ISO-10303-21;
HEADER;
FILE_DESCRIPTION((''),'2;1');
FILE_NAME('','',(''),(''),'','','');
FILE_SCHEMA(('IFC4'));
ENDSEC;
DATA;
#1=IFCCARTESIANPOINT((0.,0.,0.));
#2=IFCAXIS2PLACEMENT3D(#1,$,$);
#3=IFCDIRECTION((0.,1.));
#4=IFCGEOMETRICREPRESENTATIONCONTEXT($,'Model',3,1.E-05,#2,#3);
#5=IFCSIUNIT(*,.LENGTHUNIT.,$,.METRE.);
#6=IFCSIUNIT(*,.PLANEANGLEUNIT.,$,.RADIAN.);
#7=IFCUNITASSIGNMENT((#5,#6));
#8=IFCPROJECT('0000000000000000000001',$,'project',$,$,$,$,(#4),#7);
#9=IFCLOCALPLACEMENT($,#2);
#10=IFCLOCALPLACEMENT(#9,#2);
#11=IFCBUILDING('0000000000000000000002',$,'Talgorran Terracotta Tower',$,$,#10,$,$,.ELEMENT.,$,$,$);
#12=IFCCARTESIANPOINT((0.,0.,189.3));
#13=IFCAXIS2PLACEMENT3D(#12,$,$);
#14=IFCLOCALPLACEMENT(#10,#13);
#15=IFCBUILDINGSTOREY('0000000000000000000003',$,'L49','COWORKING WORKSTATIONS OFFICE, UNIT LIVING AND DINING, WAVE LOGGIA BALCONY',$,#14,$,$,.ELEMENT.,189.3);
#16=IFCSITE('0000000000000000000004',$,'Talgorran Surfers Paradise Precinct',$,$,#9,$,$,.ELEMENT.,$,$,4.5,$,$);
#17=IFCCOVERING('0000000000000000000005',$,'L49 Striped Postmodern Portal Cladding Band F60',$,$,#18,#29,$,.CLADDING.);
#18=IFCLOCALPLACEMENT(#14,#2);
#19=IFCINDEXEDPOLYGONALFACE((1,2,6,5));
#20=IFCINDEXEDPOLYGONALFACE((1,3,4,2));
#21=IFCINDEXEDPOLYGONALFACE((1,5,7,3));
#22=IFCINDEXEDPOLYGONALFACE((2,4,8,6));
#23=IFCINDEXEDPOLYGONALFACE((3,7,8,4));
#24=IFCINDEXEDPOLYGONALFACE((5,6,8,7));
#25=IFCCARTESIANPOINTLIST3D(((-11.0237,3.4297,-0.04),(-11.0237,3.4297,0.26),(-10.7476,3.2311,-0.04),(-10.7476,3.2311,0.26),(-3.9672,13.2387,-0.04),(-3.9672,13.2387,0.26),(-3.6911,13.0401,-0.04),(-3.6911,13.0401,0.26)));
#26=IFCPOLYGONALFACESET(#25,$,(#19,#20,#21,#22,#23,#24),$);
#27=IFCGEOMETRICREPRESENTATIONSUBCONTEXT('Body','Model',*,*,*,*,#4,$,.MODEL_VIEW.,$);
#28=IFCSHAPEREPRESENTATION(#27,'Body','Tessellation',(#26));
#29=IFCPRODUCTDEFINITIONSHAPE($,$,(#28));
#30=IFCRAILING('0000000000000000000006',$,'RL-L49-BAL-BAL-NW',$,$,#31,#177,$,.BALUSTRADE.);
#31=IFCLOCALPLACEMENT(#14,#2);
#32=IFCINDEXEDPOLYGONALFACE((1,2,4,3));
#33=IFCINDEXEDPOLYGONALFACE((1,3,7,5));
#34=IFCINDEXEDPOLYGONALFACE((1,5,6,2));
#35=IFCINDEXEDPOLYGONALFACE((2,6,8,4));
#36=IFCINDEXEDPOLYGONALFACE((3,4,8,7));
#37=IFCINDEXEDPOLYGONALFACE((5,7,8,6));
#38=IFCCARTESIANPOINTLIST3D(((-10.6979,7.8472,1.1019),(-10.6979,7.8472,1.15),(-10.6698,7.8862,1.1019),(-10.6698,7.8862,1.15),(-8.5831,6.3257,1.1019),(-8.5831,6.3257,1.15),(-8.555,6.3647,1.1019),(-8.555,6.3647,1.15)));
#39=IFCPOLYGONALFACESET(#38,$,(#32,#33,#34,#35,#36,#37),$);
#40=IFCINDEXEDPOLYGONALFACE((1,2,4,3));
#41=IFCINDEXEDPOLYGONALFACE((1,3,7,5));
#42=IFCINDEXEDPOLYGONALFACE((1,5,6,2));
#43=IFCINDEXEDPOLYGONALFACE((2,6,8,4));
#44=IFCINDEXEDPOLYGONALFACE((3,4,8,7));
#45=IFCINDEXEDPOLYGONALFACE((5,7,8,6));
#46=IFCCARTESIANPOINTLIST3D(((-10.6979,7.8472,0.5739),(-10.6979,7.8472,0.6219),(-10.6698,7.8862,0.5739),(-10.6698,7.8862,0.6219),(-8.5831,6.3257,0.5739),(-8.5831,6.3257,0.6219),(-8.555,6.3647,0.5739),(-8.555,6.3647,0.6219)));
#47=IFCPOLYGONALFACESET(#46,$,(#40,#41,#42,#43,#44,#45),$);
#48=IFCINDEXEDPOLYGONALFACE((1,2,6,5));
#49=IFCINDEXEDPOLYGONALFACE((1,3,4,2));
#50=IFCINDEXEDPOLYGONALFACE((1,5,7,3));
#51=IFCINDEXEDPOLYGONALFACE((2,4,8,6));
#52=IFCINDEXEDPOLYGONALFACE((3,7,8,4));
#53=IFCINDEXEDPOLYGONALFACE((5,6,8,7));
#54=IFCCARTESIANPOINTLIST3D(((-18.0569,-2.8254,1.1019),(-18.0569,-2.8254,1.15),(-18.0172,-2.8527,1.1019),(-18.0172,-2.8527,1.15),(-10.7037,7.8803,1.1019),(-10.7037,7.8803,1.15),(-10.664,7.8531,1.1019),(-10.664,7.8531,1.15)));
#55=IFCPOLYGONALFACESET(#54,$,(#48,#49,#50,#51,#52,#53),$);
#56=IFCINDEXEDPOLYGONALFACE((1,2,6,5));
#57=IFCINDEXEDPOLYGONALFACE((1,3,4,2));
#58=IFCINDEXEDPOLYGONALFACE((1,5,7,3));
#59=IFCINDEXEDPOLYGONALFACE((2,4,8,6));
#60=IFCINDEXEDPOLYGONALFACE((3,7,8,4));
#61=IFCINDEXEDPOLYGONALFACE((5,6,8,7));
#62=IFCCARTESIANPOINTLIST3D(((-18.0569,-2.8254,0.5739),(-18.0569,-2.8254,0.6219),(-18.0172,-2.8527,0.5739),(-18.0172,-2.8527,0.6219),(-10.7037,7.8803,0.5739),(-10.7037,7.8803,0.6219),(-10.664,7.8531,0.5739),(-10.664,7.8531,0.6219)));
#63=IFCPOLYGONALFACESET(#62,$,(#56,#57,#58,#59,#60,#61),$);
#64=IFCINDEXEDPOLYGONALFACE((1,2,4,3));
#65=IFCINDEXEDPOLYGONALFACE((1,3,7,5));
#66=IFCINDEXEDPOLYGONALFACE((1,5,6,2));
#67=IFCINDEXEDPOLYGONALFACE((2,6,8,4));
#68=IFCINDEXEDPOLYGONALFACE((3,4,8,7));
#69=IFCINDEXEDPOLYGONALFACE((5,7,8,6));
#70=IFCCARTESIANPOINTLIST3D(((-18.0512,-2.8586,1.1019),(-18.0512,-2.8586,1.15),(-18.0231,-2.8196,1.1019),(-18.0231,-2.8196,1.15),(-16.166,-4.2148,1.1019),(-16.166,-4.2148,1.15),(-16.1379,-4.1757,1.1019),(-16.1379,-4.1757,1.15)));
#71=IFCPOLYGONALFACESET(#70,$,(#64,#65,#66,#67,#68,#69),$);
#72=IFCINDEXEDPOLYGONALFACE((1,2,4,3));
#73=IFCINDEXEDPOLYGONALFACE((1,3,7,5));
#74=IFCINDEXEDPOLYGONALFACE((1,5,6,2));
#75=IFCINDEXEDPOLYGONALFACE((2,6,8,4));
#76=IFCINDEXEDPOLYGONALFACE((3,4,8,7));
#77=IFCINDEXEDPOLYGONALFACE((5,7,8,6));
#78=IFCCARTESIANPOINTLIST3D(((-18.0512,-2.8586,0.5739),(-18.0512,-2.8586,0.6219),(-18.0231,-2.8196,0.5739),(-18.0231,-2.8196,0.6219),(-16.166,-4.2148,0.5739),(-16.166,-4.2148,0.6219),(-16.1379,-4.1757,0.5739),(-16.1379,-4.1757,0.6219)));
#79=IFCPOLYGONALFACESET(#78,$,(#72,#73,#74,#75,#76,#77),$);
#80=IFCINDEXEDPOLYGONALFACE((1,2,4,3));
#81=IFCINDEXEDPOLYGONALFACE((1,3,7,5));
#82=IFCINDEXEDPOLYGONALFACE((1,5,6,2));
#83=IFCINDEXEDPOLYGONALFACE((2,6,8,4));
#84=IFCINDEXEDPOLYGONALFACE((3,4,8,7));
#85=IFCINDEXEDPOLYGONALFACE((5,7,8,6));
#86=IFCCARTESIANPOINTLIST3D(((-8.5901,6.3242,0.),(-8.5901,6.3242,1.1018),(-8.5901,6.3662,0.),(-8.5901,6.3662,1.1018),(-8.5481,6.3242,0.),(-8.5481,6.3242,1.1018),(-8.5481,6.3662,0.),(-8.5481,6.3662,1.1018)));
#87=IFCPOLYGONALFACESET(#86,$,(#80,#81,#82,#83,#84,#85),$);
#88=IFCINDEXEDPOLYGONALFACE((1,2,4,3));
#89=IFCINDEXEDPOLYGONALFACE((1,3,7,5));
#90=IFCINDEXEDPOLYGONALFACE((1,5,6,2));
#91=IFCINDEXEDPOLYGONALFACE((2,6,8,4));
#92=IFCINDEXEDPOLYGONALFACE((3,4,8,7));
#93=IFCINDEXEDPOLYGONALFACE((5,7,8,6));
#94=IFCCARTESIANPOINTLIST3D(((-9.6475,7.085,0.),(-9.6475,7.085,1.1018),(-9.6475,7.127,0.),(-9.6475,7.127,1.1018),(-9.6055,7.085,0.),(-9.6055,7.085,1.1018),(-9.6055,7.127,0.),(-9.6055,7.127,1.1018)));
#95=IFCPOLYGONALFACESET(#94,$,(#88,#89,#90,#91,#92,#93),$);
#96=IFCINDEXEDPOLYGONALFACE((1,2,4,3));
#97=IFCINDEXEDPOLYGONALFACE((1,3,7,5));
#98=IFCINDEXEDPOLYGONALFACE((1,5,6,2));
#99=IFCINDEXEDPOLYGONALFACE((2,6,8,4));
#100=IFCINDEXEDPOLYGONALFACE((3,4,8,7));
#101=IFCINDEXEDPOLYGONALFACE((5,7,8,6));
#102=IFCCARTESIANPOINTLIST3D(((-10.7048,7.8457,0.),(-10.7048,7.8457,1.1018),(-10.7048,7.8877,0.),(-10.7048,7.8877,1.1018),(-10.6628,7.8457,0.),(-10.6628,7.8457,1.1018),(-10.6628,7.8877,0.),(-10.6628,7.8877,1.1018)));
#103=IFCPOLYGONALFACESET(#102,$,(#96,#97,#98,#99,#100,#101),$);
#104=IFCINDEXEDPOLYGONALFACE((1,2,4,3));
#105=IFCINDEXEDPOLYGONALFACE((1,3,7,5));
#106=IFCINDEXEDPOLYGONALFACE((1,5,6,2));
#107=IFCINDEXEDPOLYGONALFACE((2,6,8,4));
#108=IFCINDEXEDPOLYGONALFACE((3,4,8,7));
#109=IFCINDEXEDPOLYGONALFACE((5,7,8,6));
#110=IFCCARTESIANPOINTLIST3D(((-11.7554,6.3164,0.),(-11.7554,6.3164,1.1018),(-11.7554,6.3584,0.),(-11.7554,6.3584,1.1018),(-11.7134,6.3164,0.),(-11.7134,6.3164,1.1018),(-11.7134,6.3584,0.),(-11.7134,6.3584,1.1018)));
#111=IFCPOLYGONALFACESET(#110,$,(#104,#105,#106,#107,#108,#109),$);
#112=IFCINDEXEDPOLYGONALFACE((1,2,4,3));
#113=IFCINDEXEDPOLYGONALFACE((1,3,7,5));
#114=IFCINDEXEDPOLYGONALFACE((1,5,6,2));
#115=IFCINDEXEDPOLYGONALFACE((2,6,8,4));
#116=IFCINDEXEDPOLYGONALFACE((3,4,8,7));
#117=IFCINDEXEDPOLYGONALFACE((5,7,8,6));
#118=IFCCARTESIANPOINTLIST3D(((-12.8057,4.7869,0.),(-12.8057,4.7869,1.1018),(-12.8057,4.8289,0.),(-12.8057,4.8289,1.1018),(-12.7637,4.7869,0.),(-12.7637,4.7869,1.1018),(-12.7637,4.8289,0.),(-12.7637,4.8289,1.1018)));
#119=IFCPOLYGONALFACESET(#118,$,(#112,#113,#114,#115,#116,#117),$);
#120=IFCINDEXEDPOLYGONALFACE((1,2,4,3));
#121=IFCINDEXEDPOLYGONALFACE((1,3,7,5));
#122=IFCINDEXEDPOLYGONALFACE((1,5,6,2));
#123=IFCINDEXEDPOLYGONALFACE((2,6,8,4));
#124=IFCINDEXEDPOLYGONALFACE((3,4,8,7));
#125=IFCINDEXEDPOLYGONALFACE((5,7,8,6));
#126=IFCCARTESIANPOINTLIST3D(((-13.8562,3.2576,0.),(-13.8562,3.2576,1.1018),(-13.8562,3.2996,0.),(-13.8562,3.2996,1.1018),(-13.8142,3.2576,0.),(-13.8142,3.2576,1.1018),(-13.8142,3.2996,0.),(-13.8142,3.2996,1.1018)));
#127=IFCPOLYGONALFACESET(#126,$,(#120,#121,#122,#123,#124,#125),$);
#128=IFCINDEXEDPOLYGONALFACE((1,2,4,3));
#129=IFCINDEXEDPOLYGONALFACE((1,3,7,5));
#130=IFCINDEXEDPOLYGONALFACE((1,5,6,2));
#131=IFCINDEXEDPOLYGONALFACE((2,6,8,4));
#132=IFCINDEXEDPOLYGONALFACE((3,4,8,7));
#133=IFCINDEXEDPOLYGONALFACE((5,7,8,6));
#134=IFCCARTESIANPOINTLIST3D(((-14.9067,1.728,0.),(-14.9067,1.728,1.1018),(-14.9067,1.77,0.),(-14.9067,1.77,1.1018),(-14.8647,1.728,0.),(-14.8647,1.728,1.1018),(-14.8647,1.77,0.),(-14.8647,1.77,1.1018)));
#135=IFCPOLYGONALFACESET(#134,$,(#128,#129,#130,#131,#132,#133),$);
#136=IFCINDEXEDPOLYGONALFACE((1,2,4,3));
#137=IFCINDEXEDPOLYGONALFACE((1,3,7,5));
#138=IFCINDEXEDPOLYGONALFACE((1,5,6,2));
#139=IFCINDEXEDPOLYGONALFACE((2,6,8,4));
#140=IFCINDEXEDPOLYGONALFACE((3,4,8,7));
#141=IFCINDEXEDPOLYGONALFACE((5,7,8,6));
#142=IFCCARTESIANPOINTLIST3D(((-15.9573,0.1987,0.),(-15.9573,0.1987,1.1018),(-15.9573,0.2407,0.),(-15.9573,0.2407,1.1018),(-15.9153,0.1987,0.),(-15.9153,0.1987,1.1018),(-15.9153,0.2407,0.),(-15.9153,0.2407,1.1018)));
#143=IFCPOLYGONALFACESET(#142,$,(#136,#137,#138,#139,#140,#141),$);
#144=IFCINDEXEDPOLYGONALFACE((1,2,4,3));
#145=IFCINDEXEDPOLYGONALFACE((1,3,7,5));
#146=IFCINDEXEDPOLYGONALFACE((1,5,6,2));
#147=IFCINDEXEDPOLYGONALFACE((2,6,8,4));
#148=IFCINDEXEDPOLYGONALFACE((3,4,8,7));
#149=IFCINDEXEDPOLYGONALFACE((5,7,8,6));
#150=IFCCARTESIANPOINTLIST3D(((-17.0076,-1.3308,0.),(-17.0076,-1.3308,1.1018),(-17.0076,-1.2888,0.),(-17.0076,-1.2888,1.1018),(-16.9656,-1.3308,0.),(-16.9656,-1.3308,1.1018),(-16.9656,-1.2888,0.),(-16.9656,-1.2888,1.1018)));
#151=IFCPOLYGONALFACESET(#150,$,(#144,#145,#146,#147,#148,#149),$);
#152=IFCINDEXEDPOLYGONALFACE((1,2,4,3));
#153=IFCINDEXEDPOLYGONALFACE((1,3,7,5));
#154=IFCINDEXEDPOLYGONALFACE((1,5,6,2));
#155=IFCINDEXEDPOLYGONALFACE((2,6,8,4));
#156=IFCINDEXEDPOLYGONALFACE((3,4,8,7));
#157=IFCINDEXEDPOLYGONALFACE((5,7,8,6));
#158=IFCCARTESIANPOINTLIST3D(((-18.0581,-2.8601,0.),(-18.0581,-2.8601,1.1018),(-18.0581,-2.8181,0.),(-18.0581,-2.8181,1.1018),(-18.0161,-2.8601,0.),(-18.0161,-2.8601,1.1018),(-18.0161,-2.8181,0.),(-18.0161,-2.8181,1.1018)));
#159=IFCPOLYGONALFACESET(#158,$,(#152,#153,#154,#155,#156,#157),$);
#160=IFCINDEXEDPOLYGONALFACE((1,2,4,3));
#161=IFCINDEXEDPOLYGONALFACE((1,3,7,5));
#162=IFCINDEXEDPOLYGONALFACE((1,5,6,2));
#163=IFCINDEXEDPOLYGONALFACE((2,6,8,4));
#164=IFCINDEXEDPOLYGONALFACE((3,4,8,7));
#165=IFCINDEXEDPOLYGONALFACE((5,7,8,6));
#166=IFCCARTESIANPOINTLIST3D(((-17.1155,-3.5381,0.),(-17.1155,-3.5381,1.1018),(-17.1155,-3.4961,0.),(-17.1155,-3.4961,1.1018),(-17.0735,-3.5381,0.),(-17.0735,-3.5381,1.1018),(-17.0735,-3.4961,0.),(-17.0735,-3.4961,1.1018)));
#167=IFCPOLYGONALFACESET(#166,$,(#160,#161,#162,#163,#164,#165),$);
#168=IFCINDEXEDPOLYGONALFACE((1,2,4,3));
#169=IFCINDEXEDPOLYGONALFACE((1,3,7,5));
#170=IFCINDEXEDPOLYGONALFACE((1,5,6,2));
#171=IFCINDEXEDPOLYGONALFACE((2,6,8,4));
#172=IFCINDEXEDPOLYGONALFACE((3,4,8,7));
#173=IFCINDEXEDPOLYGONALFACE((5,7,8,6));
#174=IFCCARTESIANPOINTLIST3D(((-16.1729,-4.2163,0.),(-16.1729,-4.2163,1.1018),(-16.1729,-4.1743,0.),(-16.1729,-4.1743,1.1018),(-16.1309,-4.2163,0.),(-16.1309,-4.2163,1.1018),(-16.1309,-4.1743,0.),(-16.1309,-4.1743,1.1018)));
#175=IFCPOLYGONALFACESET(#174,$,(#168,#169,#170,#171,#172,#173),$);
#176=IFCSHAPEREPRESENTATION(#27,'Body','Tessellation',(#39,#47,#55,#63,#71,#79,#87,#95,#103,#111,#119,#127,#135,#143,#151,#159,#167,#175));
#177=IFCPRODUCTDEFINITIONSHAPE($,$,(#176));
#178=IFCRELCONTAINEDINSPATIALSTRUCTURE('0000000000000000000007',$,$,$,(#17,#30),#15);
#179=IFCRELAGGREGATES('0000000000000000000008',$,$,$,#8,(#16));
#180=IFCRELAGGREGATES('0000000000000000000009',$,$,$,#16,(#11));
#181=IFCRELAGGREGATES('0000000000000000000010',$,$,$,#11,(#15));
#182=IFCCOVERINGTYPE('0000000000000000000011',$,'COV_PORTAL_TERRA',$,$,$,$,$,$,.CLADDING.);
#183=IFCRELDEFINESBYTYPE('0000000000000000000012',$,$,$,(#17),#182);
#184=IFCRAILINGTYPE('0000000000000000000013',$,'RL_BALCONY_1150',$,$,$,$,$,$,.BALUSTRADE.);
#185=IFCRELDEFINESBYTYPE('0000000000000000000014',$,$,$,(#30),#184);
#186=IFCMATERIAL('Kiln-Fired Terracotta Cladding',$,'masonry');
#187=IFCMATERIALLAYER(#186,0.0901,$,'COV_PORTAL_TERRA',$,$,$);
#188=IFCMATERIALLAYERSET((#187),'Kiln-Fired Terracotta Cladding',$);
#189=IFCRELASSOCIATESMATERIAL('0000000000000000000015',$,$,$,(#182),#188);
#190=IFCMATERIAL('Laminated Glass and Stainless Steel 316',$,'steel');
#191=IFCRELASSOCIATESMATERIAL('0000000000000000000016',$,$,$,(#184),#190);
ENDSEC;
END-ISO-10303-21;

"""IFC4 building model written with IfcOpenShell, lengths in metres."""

from ifc_helpers import new_model, si_unit, direction, frame, origin, origin_2d, place, context, subcontext, project, spatial, rectangle, extrude, material, layer, layer_set, type_object, element, save


model = new_model("IFC4")

# Units and contexts
model_context = context("Model", 3, precision=1e-05, world=origin(), true_north=direction((0.0, 1.0)))
body_context = subcontext(model_context, "Body", "Model", "MODEL_VIEW")
ifc_project = project(units=[si_unit("LENGTHUNIT", "METRE"), si_unit("PLANEANGLEUNIT", "RADIAN")], contexts=[model_context])

# Site, building, storey
site_placement = place(None, origin())
site = spatial("IfcSite", under=ifc_project, at=site_placement, Name="Talgorran Surfers Paradise Precinct", CompositionType="ELEMENT", RefElevation=4.5)
building_placement = place(site_placement, origin())
building = spatial("IfcBuilding", under=site, at=building_placement, Name="Talgorran Terracotta Tower", CompositionType="ELEMENT")
storey_placement = place(building_placement, frame((0.0, 0.0, 189.3)))
storey = spatial("IfcBuildingStorey", under=building, at=storey_placement, Name="L49", Description="COWORKING WORKSTATIONS OFFICE, UNIT LIVING AND DINING, WAVE LOGGIA BALCONY", CompositionType="ELEMENT", Elevation=189.3)

# Covering
ifc_material_1 = material(Name="Kiln-Fired Terracotta Cladding", Category="masonry")
ifc_layer_1 = layer(ifc_material_1, 0.0901, Name="COV_PORTAL_TERRA")
ifc_layer_set_1 = layer_set([ifc_layer_1], Name="Kiln-Fired Terracotta Cladding")
covering_type_1 = type_object("IfcCoveringType", Name="COV_PORTAL_TERRA", PredefinedType="CLADDING", material=ifc_layer_set_1)
covering_1_placement = place(storey_placement, frame((-7.3574, 8.2349, -0.04), z_axis=(0.0, 0.0, 1.0), x_axis=(-0.583981, -0.811768, 0.0)))
element("IfcCovering", 1, at=covering_1_placement, inside=storey, type_object=covering_type_1, Name="L49 Striped Postmodern Portal Cladding Band F60", PredefinedType="CLADDING", context=body_context, shape_type="SweptSolid", body=[
    extrude(rectangle(XDim=12.0835, YDim=0.3401, at=origin_2d()), origin(), (0.0, 0.0, 1.0), 0.3),
])

# Railing
ifc_material_2 = material(Name="Laminated Glass and Stainless Steel 316", Category="steel")
railing_type = type_object("IfcRailingType", Name="RL_BALCONY_1150", PredefinedType="BALUSTRADE", material=ifc_material_2)
railing_placement = place(storey_placement, frame((-8.5691, 6.3452, 0.0)))
element("IfcRailing", 2, at=railing_placement, inside=storey, type_object=railing_type, Name="RL-L49-BAL-BAL-NW", PredefinedType="BALUSTRADE", context=body_context, shape_type="SweptSolid", body=[
    extrude(rectangle(XDim=0.0481, YDim=0.0481, at=origin_2d()), frame((0.0, 0.0, 1.126), z_axis=(-0.81174, 0.584018, 0.0), x_axis=(-0.584018, -0.81174, 0.0)), (0.0, 0.0, 1.0), 2.6052),
    extrude(rectangle(XDim=0.0481, YDim=0.0481, at=origin_2d()), frame((0.0, 0.0, 0.5979), z_axis=(-0.81174, 0.584018, 0.0), x_axis=(-0.584018, -0.81174, 0.0)), (0.0, 0.0, 1.0), 2.6052),
    extrude(rectangle(XDim=0.0481, YDim=0.0481, at=origin_2d()), frame((-2.1147, 1.5215, 1.126), z_axis=(-0.566164, -0.824292, 0.0), x_axis=(0.824292, -0.566164, 0.0)), (0.0, 0.0, 1.0), 12.9878),
    extrude(rectangle(XDim=0.0481, YDim=0.0481, at=origin_2d()), frame((-2.1147, 1.5215, 0.5979), z_axis=(-0.566164, -0.824292, 0.0), x_axis=(0.824292, -0.566164, 0.0)), (0.0, 0.0, 1.0), 12.9878),
    extrude(rectangle(XDim=0.0481, YDim=0.0481, at=origin_2d()), frame((-9.468, -9.1843, 1.126), z_axis=(0.811776, -0.58397, 0.0), x_axis=(0.58397, 0.811776, 0.0)), (0.0, 0.0, 1.0), 2.3223),
    extrude(rectangle(XDim=0.0481, YDim=0.0481, at=origin_2d()), frame((-9.468, -9.1843, 0.5979), z_axis=(0.811776, -0.58397, 0.0), x_axis=(0.58397, 0.811776, 0.0)), (0.0, 0.0, 1.0), 2.3223),
    extrude(rectangle(XDim=0.042, YDim=0.042, at=origin_2d()), origin(), (0.0, 0.0, 1.0), 1.1018),
    extrude(rectangle(XDim=0.042, YDim=0.042, at=origin_2d()), frame((-1.0574, 0.7607, 0.0)), (0.0, 0.0, 1.0), 1.1018),
    extrude(rectangle(XDim=0.042, YDim=0.042, at=origin_2d()), frame((-2.1147, 1.5215, 0.0)), (0.0, 0.0, 1.0), 1.1018),
    extrude(rectangle(XDim=0.042, YDim=0.042, at=origin_2d()), frame((-3.1653, -0.0078, 0.0)), (0.0, 0.0, 1.0), 1.1018),
    extrude(rectangle(XDim=0.042, YDim=0.042, at=origin_2d()), frame((-4.2156, -1.5374, 0.0)), (0.0, 0.0, 1.0), 1.1018),
    extrude(rectangle(XDim=0.042, YDim=0.042, at=origin_2d()), frame((-5.2661, -3.0667, 0.0)), (0.0, 0.0, 1.0), 1.1018),
    extrude(rectangle(XDim=0.042, YDim=0.042, at=origin_2d()), frame((-6.3167, -4.5962, 0.0)), (0.0, 0.0, 1.0), 1.1018),
    extrude(rectangle(XDim=0.042, YDim=0.042, at=origin_2d()), frame((-7.3672, -6.1255, 0.0)), (0.0, 0.0, 1.0), 1.1018),
    extrude(rectangle(XDim=0.042, YDim=0.042, at=origin_2d()), frame((-8.4175, -7.655, 0.0)), (0.0, 0.0, 1.0), 1.1018),
    extrude(rectangle(XDim=0.042, YDim=0.042, at=origin_2d()), frame((-9.468, -9.1843, 0.0)), (0.0, 0.0, 1.0), 1.1018),
    extrude(rectangle(XDim=0.042, YDim=0.042, at=origin_2d()), frame((-8.5254, -9.8623, 0.0)), (0.0, 0.0, 1.0), 1.1018),
    extrude(rectangle(XDim=0.042, YDim=0.042, at=origin_2d()), frame((-7.5828, -10.5405, 0.0)), (0.0, 0.0, 1.0), 1.1018),
])

save(model, "model.ifc")
